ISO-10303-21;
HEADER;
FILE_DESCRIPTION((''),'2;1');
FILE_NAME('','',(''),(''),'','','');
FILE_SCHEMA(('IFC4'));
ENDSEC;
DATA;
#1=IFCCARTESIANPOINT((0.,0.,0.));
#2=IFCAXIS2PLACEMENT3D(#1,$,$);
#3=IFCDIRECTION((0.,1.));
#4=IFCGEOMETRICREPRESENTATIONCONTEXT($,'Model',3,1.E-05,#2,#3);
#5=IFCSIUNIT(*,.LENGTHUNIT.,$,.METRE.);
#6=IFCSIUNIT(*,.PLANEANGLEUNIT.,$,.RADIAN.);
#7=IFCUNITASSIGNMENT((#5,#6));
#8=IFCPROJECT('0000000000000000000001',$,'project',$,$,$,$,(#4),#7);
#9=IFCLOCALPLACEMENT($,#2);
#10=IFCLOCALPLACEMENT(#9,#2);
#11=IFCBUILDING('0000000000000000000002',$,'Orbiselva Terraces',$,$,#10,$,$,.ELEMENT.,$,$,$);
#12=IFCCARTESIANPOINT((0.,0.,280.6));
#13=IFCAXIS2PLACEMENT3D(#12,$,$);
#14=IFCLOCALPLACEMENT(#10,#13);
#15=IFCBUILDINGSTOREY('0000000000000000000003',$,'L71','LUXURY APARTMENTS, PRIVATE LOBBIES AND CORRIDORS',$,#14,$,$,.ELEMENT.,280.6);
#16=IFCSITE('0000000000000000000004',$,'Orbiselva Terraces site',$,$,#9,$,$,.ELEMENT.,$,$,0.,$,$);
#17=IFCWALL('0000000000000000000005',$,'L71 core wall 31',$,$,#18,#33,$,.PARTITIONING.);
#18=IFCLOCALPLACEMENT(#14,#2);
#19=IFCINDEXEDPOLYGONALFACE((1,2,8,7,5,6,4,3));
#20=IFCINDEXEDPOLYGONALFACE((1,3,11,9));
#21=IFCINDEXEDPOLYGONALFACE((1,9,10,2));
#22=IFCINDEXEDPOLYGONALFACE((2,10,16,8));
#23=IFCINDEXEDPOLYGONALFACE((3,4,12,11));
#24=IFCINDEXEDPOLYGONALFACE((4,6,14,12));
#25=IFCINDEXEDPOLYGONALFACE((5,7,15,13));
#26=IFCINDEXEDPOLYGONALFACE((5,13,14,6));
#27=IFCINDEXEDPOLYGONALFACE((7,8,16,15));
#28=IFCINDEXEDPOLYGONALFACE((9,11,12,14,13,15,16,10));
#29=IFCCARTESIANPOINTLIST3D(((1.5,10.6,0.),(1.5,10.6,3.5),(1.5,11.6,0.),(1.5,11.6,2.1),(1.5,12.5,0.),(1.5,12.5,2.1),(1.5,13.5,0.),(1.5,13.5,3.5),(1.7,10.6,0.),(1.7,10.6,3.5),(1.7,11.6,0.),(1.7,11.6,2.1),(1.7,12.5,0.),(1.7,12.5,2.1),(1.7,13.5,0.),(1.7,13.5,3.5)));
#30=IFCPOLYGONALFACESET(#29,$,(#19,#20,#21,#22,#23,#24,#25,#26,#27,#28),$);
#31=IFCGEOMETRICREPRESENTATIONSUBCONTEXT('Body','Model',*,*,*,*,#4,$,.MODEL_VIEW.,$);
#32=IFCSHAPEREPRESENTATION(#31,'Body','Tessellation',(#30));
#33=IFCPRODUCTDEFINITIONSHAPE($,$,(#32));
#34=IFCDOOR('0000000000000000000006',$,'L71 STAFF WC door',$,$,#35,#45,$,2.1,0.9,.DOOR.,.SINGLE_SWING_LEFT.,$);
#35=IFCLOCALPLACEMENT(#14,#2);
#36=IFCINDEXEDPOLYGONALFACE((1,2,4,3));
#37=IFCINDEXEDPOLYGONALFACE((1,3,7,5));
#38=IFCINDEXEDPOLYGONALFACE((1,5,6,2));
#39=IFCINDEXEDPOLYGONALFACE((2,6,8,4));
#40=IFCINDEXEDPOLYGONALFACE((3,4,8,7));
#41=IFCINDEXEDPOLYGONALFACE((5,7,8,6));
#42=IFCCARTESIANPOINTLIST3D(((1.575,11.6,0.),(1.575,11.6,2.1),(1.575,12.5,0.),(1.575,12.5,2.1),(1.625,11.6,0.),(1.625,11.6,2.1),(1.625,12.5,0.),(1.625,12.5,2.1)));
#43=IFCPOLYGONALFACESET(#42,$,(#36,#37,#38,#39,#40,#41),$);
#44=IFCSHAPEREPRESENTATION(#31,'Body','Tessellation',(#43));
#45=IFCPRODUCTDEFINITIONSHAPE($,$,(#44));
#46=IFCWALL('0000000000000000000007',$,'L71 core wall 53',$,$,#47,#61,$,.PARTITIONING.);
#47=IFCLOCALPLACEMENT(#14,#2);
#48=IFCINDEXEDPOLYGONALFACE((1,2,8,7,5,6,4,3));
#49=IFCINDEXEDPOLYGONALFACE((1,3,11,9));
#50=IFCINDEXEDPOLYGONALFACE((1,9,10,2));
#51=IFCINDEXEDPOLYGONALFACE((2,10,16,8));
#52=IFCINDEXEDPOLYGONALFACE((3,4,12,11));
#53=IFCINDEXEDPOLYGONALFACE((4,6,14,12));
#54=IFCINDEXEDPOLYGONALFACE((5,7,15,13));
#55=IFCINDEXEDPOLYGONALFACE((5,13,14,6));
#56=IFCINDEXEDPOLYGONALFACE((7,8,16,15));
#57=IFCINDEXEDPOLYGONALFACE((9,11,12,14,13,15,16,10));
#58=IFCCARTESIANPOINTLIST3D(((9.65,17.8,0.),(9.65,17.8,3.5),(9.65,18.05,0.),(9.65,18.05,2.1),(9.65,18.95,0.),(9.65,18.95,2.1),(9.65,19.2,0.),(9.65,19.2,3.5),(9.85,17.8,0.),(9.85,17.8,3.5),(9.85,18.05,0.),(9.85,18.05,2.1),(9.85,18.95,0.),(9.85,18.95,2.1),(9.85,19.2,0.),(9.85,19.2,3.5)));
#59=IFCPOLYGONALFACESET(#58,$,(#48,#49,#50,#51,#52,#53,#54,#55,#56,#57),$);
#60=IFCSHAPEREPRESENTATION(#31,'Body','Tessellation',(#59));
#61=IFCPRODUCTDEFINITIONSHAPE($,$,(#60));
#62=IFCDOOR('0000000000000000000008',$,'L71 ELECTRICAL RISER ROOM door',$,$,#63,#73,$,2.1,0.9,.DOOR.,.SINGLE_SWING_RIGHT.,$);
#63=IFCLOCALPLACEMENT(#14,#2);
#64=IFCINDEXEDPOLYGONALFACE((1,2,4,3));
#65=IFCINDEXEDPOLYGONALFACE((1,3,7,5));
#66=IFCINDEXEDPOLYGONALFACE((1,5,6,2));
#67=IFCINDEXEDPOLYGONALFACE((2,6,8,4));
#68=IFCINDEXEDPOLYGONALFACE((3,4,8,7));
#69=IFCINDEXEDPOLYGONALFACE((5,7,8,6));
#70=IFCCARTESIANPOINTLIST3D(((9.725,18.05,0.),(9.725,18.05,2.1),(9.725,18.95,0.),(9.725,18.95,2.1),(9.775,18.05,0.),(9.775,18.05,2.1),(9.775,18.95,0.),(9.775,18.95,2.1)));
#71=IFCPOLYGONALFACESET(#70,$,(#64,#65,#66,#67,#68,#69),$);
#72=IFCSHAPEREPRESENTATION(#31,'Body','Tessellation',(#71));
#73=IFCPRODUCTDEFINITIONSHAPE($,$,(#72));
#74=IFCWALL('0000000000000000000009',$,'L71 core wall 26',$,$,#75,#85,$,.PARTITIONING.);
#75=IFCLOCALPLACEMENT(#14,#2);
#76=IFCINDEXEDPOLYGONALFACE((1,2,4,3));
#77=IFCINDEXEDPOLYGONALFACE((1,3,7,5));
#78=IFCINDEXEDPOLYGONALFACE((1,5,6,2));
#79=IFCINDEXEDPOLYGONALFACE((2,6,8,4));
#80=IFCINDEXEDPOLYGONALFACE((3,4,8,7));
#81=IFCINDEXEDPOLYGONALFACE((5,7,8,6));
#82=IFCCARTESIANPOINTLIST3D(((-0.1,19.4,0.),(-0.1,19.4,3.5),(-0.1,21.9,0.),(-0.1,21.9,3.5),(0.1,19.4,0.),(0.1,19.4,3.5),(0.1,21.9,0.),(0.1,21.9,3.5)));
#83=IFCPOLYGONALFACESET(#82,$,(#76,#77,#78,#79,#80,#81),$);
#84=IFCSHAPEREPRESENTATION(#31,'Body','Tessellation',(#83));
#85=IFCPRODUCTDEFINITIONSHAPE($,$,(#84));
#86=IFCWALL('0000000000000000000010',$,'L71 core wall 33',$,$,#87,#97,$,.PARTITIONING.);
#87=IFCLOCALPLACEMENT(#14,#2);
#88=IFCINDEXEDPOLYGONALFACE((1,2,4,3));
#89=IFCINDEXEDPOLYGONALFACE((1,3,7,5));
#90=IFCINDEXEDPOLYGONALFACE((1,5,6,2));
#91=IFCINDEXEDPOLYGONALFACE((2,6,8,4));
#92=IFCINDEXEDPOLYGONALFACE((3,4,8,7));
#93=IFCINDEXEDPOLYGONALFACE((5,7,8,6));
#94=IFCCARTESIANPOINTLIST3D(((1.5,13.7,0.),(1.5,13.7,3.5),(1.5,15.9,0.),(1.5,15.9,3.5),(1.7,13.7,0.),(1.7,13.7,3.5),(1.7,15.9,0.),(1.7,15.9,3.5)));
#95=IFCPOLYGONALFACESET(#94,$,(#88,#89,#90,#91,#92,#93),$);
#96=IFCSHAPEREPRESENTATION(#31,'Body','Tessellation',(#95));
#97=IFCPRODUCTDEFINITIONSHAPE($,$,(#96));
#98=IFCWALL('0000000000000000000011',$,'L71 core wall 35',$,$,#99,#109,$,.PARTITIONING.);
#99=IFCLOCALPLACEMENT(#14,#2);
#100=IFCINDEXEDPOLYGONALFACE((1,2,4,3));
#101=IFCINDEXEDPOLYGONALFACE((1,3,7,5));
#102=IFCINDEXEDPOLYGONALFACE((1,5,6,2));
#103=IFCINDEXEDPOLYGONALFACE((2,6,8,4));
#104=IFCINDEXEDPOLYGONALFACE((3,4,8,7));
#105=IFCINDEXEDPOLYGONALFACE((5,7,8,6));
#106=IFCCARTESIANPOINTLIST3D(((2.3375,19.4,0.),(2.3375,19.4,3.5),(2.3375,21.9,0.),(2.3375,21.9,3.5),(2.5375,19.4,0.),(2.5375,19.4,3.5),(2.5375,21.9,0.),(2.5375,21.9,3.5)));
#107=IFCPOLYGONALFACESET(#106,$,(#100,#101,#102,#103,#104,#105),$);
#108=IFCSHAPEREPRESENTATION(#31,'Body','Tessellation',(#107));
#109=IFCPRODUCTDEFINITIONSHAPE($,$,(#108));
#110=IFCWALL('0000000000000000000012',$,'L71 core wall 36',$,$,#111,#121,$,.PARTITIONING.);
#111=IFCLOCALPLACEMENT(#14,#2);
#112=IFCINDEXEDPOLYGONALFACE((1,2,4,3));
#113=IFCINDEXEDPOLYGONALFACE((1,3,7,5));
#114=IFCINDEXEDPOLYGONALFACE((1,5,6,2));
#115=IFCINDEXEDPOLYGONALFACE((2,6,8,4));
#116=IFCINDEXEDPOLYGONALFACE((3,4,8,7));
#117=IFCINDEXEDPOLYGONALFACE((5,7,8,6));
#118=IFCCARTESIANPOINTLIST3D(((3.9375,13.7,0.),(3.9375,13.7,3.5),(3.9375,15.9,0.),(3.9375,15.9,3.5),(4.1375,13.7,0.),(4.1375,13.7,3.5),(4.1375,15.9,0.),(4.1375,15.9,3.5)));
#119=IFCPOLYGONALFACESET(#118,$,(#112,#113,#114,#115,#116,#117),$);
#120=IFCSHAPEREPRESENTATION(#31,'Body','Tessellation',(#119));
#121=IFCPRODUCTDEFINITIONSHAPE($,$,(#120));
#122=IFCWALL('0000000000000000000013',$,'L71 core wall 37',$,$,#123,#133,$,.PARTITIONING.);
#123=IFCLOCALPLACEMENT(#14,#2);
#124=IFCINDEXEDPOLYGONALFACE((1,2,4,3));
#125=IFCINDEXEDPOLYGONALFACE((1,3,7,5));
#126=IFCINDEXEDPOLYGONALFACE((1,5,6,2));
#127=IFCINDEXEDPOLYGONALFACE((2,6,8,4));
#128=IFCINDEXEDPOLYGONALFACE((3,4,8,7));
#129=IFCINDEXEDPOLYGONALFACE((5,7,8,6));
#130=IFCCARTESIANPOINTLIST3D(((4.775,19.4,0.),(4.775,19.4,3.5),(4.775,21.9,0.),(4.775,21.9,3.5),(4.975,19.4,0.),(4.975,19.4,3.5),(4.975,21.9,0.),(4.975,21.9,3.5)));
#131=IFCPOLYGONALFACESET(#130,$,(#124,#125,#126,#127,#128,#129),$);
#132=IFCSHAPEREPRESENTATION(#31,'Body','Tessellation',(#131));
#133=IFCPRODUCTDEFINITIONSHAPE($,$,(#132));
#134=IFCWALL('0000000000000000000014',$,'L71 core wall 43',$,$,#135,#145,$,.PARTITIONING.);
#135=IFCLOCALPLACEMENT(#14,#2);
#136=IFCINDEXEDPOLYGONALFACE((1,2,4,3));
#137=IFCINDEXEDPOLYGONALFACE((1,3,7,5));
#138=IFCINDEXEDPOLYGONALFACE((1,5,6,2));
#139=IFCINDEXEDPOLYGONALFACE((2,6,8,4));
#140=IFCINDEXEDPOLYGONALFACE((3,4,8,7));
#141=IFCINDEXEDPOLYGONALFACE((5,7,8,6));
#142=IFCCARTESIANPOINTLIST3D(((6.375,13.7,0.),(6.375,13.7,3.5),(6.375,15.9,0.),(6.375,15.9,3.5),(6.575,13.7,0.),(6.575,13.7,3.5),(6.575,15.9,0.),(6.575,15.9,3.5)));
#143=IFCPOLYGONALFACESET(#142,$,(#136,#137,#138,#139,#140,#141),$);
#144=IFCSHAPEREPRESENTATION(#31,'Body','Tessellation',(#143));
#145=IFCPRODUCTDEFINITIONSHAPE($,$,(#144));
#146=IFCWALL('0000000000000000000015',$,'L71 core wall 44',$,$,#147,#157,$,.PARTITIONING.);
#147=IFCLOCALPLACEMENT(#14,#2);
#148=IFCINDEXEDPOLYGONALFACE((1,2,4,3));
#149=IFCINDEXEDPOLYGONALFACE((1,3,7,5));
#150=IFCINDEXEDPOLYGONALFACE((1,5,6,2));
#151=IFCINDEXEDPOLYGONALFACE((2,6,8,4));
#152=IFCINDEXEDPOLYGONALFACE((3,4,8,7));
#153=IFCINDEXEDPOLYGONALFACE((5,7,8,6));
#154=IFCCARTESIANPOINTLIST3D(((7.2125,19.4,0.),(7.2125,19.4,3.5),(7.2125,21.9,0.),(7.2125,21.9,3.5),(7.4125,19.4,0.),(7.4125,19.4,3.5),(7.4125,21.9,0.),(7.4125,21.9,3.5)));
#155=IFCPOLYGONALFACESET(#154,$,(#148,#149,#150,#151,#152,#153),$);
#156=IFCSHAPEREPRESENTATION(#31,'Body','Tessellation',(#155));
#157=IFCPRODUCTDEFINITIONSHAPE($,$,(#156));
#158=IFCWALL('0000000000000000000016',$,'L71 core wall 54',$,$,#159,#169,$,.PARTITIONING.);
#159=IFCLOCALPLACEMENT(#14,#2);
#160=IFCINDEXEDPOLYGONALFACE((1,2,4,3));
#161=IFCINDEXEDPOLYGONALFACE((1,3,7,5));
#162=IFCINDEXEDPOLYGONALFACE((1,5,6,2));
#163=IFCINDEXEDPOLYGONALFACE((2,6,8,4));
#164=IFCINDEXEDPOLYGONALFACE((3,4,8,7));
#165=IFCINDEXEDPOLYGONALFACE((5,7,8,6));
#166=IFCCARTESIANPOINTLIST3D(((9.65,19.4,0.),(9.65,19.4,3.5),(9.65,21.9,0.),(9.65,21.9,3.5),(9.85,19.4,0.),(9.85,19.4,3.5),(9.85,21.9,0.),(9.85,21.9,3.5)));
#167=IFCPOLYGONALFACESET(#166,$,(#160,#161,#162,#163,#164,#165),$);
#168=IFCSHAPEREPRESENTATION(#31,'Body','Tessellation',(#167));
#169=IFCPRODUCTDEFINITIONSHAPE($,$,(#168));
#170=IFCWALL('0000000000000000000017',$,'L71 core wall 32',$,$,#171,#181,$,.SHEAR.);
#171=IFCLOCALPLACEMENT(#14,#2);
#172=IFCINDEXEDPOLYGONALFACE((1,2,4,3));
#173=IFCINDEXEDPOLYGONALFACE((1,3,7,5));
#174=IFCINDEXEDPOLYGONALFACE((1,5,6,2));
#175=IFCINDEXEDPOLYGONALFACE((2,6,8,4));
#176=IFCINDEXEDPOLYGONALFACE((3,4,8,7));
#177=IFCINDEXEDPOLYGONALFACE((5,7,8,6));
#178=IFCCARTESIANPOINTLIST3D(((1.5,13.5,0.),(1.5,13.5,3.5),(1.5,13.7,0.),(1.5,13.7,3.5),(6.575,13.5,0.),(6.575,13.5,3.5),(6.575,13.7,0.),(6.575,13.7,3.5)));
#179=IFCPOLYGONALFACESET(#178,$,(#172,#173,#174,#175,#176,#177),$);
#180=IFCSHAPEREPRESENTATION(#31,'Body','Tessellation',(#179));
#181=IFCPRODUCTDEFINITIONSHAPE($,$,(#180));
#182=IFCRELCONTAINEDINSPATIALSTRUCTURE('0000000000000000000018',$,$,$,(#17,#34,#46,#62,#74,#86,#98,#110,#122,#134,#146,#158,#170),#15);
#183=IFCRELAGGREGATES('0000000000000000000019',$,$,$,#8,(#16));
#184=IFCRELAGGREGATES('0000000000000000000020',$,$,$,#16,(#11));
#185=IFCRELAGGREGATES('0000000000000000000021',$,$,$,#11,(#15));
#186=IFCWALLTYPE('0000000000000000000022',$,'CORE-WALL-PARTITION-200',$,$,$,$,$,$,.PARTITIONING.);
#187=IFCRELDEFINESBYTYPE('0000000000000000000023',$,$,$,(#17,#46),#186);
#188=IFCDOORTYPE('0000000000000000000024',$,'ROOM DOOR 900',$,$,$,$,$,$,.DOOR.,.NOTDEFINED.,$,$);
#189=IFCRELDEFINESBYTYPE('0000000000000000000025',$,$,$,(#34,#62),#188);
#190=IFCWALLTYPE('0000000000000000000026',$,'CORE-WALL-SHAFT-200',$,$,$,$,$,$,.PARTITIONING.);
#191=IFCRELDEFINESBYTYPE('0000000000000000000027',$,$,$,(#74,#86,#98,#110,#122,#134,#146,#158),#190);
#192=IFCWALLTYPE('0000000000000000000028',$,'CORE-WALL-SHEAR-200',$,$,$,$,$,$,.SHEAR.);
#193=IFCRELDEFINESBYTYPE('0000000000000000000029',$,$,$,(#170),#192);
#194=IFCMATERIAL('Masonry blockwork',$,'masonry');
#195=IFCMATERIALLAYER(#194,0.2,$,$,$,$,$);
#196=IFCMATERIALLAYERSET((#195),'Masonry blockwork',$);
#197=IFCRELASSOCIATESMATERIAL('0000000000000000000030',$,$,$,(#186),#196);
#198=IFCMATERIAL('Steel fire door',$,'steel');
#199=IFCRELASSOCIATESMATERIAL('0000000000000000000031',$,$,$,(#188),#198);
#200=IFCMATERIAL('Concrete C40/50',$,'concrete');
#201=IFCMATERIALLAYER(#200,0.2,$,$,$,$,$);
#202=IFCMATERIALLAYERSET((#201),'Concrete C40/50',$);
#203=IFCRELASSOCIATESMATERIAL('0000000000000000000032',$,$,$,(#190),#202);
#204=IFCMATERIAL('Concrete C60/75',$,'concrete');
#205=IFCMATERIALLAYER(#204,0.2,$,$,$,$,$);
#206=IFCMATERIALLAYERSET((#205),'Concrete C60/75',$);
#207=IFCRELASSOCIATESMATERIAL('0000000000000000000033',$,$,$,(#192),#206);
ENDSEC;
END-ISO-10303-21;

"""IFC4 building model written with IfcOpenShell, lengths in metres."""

from ifc_helpers import new_model, si_unit, direction, frame, frame_2d, origin, place, context, subcontext, project, spatial, rectangle, extrude, material, layer, layer_set, type_object, element, fill, save


model = new_model("IFC4")

# Units and contexts
model_context = context("Model", 3, precision=1e-05, world=origin(), true_north=direction((0.0, 1.0)))
body_context = subcontext(model_context, "Body", "Model", "MODEL_VIEW")
ifc_project = project(units=[si_unit("LENGTHUNIT", "METRE"), si_unit("PLANEANGLEUNIT", "RADIAN")], contexts=[model_context])

# Site, building, storey
site_placement = place(None, origin())
site = spatial("IfcSite", under=ifc_project, at=site_placement, Name="Orbiselva Terraces site", CompositionType="ELEMENT", RefElevation=0.0)
building_placement = place(site_placement, origin())
building = spatial("IfcBuilding", under=site, at=building_placement, Name="Orbiselva Terraces", CompositionType="ELEMENT")
storey_placement = place(building_placement, frame((0.0, 0.0, 280.6)))
storey = spatial("IfcBuildingStorey", under=building, at=storey_placement, Name="L71", Description="LUXURY APARTMENTS, PRIVATE LOBBIES AND CORRIDORS", CompositionType="ELEMENT", Elevation=280.6)

# Walls, openings, doors
ifc_material_1 = material(Name="Masonry blockwork", Category="masonry")
ifc_layer_1 = layer(ifc_material_1, 0.2)
ifc_layer_set_1 = layer_set([ifc_layer_1], Name="Masonry blockwork")
wall_type_1 = type_object("IfcWallType", Name="CORE-WALL-PARTITION-200", PredefinedType="PARTITIONING", material=ifc_layer_set_1)
wall_1_placement = place(storey_placement, frame((1.6, 13.5, 0.0), z_axis=(0.0, 0.0, 1.0), x_axis=(0.0, -1.0, 0.0)))
wall_1 = element("IfcWall", 1, at=wall_1_placement, inside=storey, type_object=wall_type_1, Name="L71 core wall 31", PredefinedType="PARTITIONING", context=body_context, shape_type="SweptSolid", body=[
    extrude(rectangle(XDim=2.9, YDim=0.2, at=frame_2d((1.45, 0.0))), origin(), (0.0, 0.0, 1.0), 3.5),
])
opening_1_placement = place(wall_1_placement, frame((1.0, 0.0, 0.0)))
opening_1 = element("IfcOpeningElement", 2, at=opening_1_placement, cuts=wall_1, PredefinedType="OPENING", context=body_context, shape_type="SweptSolid", body=[
    extrude(rectangle(XDim=0.9, YDim=2.1, at=frame_2d((0.45, 1.05))), frame((0.0, 0.11, 0.0), z_axis=(0.0, -1.0, 0.0), x_axis=(1.0, 0.0, 0.0)), (0.0, 0.0, 1.0), 0.22),
])
ifc_material_2 = material(Name="Steel fire door", Category="steel")
door_type_1 = type_object("IfcDoorType", Name="ROOM DOOR 900", OperationType="NOTDEFINED", PredefinedType="DOOR", material=ifc_material_2)
door_1_placement = place(opening_1_placement, origin())
door_1 = element("IfcDoor", 3, at=door_1_placement, inside=storey, type_object=door_type_1, Name="L71 STAFF WC door", OperationType="SINGLE_SWING_LEFT", OverallHeight=2.1, OverallWidth=0.9, PredefinedType="DOOR", context=body_context, shape_type="SweptSolid", body=[
    extrude(rectangle(XDim=0.9, YDim=2.1, at=frame_2d((0.45, 1.05))), frame((0.0, 0.025, 0.0), z_axis=(0.0, -1.0, 0.0), x_axis=(1.0, 0.0, 0.0)), (0.0, 0.0, 1.0), 0.05),
])
fill(opening_1, door_1)
wall_2_placement = place(storey_placement, frame((9.75, 19.2, 0.0), z_axis=(0.0, 0.0, 1.0), x_axis=(0.0, -1.0, 0.0)))
wall_2 = element("IfcWall", 4, at=wall_2_placement, inside=storey, type_object=wall_type_1, Name="L71 core wall 53", PredefinedType="PARTITIONING", context=body_context, shape_type="SweptSolid", body=[
    extrude(rectangle(XDim=1.4, YDim=0.2, at=frame_2d((0.7, 0.0))), origin(), (0.0, 0.0, 1.0), 3.5),
])
opening_2_placement = place(wall_2_placement, frame((0.25, 0.0, 0.0)))
opening_2 = element("IfcOpeningElement", 5, at=opening_2_placement, cuts=wall_2, PredefinedType="OPENING", context=body_context, shape_type="SweptSolid", body=[
    extrude(rectangle(XDim=0.9, YDim=2.1, at=frame_2d((0.45, 1.05))), frame((0.0, 0.11, 0.0), z_axis=(0.0, -1.0, 0.0), x_axis=(1.0, 0.0, 0.0)), (0.0, 0.0, 1.0), 0.22),
])
door_2_placement = place(opening_2_placement, origin())
door_2 = element("IfcDoor", 6, at=door_2_placement, inside=storey, type_object=door_type_1, Name="L71 ELECTRICAL RISER ROOM door", OperationType="SINGLE_SWING_RIGHT", OverallHeight=2.1, OverallWidth=0.9, PredefinedType="DOOR", context=body_context, shape_type="SweptSolid", body=[
    extrude(rectangle(XDim=0.9, YDim=2.1, at=frame_2d((0.45, 1.05))), frame((0.0, 0.025, 0.0), z_axis=(0.0, -1.0, 0.0), x_axis=(1.0, 0.0, 0.0)), (0.0, 0.0, 1.0), 0.05),
])
fill(opening_2, door_2)

# Walls
ifc_material_3 = material(Name="Concrete C40/50", Category="concrete")
ifc_layer_2 = layer(ifc_material_3, 0.2)
ifc_layer_set_2 = layer_set([ifc_layer_2], Name="Concrete C40/50")
wall_type_2 = type_object("IfcWallType", Name="CORE-WALL-SHAFT-200", PredefinedType="PARTITIONING", material=ifc_layer_set_2)
wall_3_placement = place(storey_placement, frame((0.0, 19.4, 0.0), z_axis=(0.0, 0.0, 1.0), x_axis=(0.0, 1.0, 0.0)))
element("IfcWall", 7, at=wall_3_placement, inside=storey, type_object=wall_type_2, Name="L71 core wall 26", PredefinedType="PARTITIONING", context=body_context, shape_type="SweptSolid", body=[
    extrude(rectangle(XDim=2.5, YDim=0.2, at=frame_2d((1.25, 0.0))), origin(), (0.0, 0.0, 1.0), 3.5),
])
wall_4_placement = place(storey_placement, frame((1.6, 13.7, 0.0), z_axis=(0.0, 0.0, 1.0), x_axis=(0.0, 1.0, 0.0)))
element("IfcWall", 8, at=wall_4_placement, inside=storey, type_object=wall_type_2, Name="L71 core wall 33", PredefinedType="PARTITIONING", context=body_context, shape_type="SweptSolid", body=[
    extrude(rectangle(XDim=2.2, YDim=0.2, at=frame_2d((1.1, 0.0))), origin(), (0.0, 0.0, 1.0), 3.5),
])
wall_5_placement = place(storey_placement, frame((2.4375, 19.4, 0.0), z_axis=(0.0, 0.0, 1.0), x_axis=(0.0, 1.0, 0.0)))
element("IfcWall", 9, at=wall_5_placement, inside=storey, type_object=wall_type_2, Name="L71 core wall 35", PredefinedType="PARTITIONING", context=body_context, shape_type="SweptSolid", body=[
    extrude(rectangle(XDim=2.5, YDim=0.2, at=frame_2d((1.25, 0.0))), origin(), (0.0, 0.0, 1.0), 3.5),
])
wall_6_placement = place(storey_placement, frame((4.0375, 13.7, 0.0), z_axis=(0.0, 0.0, 1.0), x_axis=(0.0, 1.0, 0.0)))
element("IfcWall", 10, at=wall_6_placement, inside=storey, type_object=wall_type_2, Name="L71 core wall 36", PredefinedType="PARTITIONING", context=body_context, shape_type="SweptSolid", body=[
    extrude(rectangle(XDim=2.2, YDim=0.2, at=frame_2d((1.1, 0.0))), origin(), (0.0, 0.0, 1.0), 3.5),
])
wall_7_placement = place(storey_placement, frame((4.875, 19.4, 0.0), z_axis=(0.0, 0.0, 1.0), x_axis=(0.0, 1.0, 0.0)))
element("IfcWall", 11, at=wall_7_placement, inside=storey, type_object=wall_type_2, Name="L71 core wall 37", PredefinedType="PARTITIONING", context=body_context, shape_type="SweptSolid", body=[
    extrude(rectangle(XDim=2.5, YDim=0.2, at=frame_2d((1.25, 0.0))), origin(), (0.0, 0.0, 1.0), 3.5),
])
wall_8_placement = place(storey_placement, frame((6.475, 13.7, 0.0), z_axis=(0.0, 0.0, 1.0), x_axis=(0.0, 1.0, 0.0)))
element("IfcWall", 12, at=wall_8_placement, inside=storey, type_object=wall_type_2, Name="L71 core wall 43", PredefinedType="PARTITIONING", context=body_context, shape_type="SweptSolid", body=[
    extrude(rectangle(XDim=2.2, YDim=0.2, at=frame_2d((1.1, 0.0))), origin(), (0.0, 0.0, 1.0), 3.5),
])
for number, where, z_axis, x_axis, name in (
    (13, (7.3125, 19.4, 0.0), (0.0, 0.0, 1.0), (0.0, 1.0, 0.0), "L71 core wall 44"),
    (14, (9.75, 19.4, 0.0), (0.0, 0.0, 1.0), (0.0, 1.0, 0.0), "L71 core wall 54"),
):
    element("IfcWall", number, at=place(storey_placement, frame(where, z_axis=z_axis, x_axis=x_axis)), inside=storey, type_object=wall_type_2, Name=name, PredefinedType="PARTITIONING", context=body_context, shape_type="SweptSolid", body=[
        extrude(rectangle(XDim=2.5, YDim=0.2, at=frame_2d((1.25, 0.0))), origin(), (0.0, 0.0, 1.0), 3.5),
    ])
ifc_material_4 = material(Name="Concrete C60/75", Category="concrete")
ifc_layer_3 = layer(ifc_material_4, 0.2)
ifc_layer_set_3 = layer_set([ifc_layer_3], Name="Concrete C60/75")
wall_type_3 = type_object("IfcWallType", Name="CORE-WALL-SHEAR-200", PredefinedType="SHEAR", material=ifc_layer_set_3)
wall_9_placement = place(storey_placement, frame((1.5, 13.6, 0.0), z_axis=(0.0, 0.0, 1.0), x_axis=(1.0, 0.0, 0.0)))
element("IfcWall", 15, at=wall_9_placement, inside=storey, type_object=wall_type_3, Name="L71 core wall 32", PredefinedType="SHEAR", context=body_context, shape_type="SweptSolid", body=[
    extrude(rectangle(XDim=5.075, YDim=0.2, at=frame_2d((2.5375, 0.0))), origin(), (0.0, 0.0, 1.0), 3.5),
])

save(model, "model.ifc")
